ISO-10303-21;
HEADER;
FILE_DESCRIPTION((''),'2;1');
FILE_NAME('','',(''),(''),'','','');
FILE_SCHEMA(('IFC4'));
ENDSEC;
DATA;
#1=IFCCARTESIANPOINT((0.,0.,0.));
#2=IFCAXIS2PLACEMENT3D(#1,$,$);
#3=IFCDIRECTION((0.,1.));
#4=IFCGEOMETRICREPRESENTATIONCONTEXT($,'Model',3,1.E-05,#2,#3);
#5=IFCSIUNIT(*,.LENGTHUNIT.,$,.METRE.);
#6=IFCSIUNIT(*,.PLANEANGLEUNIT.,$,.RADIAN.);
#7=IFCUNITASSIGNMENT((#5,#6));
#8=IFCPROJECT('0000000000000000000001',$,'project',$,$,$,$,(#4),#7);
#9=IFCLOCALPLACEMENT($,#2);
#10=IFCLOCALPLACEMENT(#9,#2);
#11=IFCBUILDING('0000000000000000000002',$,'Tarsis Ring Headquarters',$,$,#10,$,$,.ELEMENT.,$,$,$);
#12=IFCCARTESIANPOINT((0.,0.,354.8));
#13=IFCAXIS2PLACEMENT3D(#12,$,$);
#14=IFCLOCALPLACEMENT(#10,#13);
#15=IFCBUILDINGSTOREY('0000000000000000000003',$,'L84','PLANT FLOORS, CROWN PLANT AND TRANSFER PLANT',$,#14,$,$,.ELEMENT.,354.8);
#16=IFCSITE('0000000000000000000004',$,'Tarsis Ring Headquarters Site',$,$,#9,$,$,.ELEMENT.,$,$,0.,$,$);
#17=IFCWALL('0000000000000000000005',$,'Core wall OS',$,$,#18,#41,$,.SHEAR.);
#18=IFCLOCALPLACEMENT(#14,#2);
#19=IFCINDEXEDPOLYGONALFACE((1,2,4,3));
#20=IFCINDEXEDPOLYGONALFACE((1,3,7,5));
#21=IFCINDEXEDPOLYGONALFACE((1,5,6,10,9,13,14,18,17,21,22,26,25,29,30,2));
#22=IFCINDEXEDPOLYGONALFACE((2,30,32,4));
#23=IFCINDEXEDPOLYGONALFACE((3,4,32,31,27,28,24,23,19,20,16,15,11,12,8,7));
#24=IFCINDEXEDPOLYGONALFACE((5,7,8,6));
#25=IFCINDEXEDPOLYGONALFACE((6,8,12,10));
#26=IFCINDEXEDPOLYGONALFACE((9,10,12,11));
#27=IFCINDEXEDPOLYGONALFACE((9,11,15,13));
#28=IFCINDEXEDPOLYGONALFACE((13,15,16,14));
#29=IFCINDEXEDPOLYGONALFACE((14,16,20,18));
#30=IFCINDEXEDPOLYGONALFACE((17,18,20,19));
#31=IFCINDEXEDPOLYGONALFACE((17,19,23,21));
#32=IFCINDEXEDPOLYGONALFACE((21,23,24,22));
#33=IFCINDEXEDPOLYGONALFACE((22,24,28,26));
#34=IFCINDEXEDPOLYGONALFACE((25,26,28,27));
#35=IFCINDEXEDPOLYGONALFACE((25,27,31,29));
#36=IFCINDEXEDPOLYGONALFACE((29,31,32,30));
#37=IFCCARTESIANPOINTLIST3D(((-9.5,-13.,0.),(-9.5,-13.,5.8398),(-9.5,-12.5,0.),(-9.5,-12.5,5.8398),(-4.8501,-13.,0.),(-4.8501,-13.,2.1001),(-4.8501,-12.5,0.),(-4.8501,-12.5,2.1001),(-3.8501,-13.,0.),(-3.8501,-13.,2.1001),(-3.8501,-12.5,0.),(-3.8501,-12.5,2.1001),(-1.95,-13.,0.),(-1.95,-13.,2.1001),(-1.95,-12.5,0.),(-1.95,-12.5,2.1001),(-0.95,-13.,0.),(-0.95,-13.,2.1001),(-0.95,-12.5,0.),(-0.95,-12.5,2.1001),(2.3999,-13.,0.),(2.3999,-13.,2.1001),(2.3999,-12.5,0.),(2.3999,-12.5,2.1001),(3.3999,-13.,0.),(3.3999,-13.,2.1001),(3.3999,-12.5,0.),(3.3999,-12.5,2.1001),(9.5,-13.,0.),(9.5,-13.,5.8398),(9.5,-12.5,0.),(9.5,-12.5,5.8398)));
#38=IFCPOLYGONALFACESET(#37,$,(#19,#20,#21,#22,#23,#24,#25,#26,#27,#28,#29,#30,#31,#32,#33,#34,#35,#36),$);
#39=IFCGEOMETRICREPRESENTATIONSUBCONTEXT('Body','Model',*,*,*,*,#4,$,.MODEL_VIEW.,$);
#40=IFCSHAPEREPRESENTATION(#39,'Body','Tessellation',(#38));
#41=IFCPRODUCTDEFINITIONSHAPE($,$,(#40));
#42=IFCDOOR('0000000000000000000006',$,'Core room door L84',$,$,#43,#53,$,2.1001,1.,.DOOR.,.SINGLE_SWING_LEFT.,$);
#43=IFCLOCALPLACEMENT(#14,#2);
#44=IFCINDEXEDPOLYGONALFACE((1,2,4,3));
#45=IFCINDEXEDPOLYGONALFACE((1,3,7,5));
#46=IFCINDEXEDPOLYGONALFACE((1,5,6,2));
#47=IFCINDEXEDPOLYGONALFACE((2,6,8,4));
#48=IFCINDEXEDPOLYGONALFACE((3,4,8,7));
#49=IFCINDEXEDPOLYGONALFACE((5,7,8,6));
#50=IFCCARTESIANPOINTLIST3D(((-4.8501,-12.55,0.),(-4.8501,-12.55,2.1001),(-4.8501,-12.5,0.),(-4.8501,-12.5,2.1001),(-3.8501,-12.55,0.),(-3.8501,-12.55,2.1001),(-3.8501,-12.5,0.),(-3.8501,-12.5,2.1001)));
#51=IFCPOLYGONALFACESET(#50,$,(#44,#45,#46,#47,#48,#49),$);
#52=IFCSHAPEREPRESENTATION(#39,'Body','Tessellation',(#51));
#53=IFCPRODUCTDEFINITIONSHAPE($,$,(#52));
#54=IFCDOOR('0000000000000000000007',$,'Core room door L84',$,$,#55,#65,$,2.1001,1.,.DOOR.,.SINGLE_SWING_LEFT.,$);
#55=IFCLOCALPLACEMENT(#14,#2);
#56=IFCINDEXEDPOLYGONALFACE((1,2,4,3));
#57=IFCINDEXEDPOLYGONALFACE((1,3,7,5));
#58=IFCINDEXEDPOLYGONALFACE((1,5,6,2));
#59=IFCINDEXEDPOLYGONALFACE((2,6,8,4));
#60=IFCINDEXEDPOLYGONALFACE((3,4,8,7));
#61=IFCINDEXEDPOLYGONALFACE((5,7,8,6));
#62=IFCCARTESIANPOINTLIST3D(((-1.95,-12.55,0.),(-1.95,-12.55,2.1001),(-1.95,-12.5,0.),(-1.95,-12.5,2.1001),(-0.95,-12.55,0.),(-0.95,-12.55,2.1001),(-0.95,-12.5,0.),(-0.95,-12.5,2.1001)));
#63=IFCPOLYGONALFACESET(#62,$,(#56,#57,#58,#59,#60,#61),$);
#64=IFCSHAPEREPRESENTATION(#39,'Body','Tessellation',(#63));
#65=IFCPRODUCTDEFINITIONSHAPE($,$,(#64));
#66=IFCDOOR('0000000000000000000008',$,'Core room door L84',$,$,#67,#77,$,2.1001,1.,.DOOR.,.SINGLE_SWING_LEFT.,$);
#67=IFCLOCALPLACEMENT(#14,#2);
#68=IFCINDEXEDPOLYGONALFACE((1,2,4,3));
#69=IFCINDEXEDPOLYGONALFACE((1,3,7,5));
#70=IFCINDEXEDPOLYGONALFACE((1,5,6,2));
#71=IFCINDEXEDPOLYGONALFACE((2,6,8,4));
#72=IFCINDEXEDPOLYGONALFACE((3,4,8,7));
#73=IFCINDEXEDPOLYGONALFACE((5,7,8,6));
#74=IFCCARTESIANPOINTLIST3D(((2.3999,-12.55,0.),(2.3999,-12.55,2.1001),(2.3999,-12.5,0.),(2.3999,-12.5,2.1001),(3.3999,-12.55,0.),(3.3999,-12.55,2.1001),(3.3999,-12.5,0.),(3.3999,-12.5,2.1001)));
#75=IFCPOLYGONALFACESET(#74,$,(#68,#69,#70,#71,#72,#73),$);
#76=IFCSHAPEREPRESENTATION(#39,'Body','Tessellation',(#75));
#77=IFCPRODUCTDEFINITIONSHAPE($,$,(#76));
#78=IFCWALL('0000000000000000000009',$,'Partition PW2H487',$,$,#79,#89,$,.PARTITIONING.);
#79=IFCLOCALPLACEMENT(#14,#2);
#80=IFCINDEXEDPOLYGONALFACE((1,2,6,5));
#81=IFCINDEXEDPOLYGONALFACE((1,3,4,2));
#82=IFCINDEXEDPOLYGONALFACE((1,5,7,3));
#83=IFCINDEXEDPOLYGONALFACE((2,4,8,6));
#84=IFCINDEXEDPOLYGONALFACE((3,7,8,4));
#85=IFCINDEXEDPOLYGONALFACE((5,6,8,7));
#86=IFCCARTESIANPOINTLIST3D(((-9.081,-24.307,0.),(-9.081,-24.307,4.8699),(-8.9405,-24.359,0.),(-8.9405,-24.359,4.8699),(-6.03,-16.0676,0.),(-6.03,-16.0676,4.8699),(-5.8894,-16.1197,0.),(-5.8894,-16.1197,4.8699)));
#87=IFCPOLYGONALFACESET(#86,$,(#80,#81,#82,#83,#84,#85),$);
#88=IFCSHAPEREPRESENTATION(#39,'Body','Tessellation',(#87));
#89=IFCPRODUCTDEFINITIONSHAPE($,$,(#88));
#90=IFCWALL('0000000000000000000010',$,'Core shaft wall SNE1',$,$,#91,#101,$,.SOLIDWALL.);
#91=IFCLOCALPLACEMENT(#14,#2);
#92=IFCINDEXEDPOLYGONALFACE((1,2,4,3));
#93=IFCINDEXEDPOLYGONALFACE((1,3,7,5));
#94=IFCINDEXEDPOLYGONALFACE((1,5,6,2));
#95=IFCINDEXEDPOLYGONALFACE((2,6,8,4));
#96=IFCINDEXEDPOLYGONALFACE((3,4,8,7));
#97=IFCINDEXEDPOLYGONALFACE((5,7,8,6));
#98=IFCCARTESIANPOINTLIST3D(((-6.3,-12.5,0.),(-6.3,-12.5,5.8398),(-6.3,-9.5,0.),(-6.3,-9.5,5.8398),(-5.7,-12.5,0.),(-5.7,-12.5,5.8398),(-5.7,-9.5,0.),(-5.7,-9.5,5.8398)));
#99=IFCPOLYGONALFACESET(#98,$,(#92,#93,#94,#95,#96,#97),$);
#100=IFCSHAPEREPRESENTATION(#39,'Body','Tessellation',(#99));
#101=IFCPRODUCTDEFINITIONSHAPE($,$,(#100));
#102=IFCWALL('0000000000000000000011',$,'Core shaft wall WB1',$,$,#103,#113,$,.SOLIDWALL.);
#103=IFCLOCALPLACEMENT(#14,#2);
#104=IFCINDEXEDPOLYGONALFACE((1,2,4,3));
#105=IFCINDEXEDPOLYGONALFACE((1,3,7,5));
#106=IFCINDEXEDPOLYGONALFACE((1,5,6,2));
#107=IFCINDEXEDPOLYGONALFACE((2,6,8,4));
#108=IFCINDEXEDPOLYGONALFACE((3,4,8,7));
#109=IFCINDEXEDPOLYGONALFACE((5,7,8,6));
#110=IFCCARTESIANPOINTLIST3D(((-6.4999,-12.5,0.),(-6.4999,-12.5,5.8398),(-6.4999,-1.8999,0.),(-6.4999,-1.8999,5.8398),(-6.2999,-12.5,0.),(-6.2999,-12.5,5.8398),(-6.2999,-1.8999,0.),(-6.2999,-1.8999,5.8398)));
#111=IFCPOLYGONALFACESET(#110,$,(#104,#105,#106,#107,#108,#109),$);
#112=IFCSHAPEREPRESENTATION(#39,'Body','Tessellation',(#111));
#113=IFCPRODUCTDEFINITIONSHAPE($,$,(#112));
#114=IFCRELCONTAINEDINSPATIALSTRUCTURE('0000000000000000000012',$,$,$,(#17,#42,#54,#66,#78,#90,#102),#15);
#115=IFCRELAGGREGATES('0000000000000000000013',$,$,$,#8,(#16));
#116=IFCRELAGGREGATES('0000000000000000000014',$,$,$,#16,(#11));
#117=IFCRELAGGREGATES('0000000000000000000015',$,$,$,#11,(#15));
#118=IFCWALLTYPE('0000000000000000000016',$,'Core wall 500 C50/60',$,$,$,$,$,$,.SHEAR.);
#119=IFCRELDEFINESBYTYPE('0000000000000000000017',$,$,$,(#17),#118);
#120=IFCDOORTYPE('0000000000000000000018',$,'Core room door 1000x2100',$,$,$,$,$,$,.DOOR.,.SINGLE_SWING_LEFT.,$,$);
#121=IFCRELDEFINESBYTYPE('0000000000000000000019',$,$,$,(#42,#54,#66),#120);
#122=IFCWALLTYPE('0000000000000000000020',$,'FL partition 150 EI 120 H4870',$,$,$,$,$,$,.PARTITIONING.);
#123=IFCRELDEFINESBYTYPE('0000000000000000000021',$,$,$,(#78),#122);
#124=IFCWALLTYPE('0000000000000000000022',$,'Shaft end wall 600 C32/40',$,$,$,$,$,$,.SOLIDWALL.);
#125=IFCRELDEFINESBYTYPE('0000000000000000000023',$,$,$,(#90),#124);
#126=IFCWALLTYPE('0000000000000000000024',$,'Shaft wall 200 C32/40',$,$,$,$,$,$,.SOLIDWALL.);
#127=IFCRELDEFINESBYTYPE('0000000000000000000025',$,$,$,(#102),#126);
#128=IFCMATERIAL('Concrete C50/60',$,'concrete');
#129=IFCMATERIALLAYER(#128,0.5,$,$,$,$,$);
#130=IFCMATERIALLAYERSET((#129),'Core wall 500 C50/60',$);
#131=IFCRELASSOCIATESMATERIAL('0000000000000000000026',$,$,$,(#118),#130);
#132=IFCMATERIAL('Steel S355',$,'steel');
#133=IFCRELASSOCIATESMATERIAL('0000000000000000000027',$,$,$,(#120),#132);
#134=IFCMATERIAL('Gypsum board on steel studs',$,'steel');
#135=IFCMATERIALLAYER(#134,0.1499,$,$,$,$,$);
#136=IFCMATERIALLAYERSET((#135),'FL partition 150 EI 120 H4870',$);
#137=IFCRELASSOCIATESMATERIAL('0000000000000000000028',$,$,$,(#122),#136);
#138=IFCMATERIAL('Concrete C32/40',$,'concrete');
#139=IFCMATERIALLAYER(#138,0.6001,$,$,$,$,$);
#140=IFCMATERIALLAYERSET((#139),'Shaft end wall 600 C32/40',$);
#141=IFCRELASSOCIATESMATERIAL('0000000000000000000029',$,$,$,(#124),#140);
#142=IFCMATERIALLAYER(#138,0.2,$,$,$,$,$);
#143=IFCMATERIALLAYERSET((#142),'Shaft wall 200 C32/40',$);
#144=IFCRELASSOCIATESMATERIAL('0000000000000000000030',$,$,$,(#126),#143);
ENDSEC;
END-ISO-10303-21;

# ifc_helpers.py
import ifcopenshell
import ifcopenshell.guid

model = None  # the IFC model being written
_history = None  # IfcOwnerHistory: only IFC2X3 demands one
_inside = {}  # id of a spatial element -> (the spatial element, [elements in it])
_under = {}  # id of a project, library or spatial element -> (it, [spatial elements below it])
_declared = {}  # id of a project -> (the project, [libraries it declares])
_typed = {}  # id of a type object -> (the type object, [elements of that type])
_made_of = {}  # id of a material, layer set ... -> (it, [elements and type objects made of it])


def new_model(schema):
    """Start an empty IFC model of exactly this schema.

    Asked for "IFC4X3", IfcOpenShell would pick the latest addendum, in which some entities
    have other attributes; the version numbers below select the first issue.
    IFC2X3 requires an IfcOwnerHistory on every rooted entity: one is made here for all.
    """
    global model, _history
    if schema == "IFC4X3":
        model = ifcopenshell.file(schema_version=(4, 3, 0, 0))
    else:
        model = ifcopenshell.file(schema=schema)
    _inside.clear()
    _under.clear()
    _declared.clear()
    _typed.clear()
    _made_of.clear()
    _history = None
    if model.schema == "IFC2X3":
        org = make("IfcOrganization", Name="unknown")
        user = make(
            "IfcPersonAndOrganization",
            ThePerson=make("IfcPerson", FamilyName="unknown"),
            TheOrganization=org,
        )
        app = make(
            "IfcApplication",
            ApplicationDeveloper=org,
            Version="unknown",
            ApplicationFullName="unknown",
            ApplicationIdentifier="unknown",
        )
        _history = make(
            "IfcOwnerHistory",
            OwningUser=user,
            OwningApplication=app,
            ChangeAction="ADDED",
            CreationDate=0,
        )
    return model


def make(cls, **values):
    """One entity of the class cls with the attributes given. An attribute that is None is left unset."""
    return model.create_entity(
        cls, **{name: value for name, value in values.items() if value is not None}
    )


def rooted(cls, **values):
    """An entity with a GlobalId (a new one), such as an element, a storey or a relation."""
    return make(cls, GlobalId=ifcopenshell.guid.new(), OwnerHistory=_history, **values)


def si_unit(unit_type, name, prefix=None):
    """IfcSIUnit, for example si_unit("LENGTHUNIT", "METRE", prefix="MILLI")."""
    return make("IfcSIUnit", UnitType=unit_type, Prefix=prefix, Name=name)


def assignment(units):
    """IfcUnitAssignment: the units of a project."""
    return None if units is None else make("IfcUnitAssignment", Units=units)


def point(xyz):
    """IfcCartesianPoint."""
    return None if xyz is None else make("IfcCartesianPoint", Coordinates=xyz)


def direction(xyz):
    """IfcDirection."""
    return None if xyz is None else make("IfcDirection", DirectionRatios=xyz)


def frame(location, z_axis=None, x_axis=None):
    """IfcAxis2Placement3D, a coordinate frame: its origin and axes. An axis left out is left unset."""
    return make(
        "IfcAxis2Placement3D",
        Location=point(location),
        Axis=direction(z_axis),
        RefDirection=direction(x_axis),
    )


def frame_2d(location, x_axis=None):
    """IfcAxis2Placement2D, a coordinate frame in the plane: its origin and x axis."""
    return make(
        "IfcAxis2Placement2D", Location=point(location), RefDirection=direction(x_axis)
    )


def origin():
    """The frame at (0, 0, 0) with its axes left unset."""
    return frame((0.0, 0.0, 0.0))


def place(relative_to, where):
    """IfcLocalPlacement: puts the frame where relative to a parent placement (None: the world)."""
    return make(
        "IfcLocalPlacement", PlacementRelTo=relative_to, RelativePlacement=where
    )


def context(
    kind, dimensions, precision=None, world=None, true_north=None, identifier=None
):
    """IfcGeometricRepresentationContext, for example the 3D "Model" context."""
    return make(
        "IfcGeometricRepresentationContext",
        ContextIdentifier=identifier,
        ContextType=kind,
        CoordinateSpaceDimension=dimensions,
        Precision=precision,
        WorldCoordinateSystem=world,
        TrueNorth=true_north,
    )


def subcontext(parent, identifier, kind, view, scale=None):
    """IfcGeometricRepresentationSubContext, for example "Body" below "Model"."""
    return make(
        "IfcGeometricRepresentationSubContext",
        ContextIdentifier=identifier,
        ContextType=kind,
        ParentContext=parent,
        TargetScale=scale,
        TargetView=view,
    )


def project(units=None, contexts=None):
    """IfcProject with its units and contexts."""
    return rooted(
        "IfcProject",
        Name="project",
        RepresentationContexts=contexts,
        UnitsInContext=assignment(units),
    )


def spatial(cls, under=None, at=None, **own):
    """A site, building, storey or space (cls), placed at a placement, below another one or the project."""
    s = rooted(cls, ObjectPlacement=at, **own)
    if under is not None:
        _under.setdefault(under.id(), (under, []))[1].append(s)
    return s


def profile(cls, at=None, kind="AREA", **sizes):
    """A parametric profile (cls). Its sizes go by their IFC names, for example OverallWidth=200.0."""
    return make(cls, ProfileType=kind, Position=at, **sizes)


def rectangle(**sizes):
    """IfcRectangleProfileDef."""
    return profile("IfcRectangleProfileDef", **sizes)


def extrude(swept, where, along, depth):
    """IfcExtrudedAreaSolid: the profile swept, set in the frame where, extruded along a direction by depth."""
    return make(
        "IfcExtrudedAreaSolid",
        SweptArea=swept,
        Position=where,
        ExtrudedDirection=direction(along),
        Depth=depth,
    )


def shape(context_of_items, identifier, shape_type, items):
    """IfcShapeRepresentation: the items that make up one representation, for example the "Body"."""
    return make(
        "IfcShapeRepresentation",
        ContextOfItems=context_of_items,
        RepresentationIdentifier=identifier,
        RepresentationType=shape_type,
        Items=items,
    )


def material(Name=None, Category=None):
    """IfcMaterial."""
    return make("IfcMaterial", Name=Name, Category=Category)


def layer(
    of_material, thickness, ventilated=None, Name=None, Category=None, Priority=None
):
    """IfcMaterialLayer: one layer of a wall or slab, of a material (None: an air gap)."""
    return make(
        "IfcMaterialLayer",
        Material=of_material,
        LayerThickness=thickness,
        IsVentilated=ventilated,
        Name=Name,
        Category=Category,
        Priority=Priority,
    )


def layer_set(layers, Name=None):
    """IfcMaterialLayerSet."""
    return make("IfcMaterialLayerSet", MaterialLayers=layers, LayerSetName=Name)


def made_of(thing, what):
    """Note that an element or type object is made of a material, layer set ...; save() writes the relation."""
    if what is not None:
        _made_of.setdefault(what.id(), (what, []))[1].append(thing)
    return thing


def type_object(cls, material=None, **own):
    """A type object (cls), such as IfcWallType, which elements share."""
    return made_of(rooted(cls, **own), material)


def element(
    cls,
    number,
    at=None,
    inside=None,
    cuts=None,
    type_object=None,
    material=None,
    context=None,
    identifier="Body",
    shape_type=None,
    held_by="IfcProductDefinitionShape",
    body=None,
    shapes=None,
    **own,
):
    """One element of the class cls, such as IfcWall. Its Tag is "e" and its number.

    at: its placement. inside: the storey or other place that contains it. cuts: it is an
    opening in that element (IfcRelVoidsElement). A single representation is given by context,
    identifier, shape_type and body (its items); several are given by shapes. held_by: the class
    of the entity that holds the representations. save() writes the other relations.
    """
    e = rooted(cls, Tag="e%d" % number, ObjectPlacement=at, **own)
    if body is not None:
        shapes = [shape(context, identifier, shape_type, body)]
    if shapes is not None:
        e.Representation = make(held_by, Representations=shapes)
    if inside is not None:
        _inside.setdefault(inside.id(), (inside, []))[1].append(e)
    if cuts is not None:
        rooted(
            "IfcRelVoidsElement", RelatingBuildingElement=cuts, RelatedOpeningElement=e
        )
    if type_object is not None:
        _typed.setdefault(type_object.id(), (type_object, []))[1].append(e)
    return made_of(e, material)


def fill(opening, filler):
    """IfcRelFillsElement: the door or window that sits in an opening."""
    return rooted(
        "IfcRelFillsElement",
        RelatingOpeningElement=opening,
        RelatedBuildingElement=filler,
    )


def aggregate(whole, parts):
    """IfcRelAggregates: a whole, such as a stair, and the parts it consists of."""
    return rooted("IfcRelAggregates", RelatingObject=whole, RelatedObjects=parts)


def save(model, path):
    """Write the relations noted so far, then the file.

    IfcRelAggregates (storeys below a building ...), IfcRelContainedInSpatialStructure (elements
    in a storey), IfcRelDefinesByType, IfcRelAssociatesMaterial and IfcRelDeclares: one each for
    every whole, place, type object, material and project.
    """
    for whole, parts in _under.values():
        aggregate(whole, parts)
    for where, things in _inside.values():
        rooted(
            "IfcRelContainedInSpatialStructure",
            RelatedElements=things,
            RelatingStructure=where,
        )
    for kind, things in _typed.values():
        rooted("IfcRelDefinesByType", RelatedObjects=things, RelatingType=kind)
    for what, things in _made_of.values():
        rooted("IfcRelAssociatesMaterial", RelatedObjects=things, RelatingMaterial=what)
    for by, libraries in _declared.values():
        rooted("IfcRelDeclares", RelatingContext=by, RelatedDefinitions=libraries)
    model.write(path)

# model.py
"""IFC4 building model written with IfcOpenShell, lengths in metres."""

from ifc_helpers import new_model, si_unit, direction, frame, frame_2d, origin, place, context, subcontext, project, spatial, rectangle, extrude, material, layer, layer_set, type_object, element, fill, save


model = new_model("IFC4")

# Units and contexts
model_context = context("Model", 3, precision=1e-05, world=origin(), true_north=direction((0.0, 1.0)))
body_context = subcontext(model_context, "Body", "Model", "MODEL_VIEW")
ifc_project = project(units=[si_unit("LENGTHUNIT", "METRE"), si_unit("PLANEANGLEUNIT", "RADIAN")], contexts=[model_context])

# Site, building, storey
site_placement = place(None, origin())
site = spatial("IfcSite", under=ifc_project, at=site_placement, Name="Tarsis Ring Headquarters Site", CompositionType="ELEMENT", RefElevation=0.0)
building_placement = place(site_placement, origin())
building = spatial("IfcBuilding", under=site, at=building_placement, Name="Tarsis Ring Headquarters", CompositionType="ELEMENT")
storey_placement = place(building_placement, frame((0.0, 0.0, 354.8)))
storey = spatial("IfcBuildingStorey", under=building, at=storey_placement, Name="L84", Description="PLANT FLOORS, CROWN PLANT AND TRANSFER PLANT", CompositionType="ELEMENT", Elevation=354.8)

# Wall, openings, doors
ifc_material_1 = material(Name="Concrete C50/60", Category="concrete")
ifc_layer_1 = layer(ifc_material_1, 0.5)
ifc_layer_set_1 = layer_set([ifc_layer_1], Name="Core wall 500 C50/60")
wall_type_1 = type_object("IfcWallType", Name="Core wall 500 C50/60", PredefinedType="SHEAR", material=ifc_layer_set_1)
wall_1_placement = place(storey_placement, frame((-9.5, -12.75, 0.0), z_axis=(0.0, 0.0, 1.0), x_axis=(1.0, 0.0, 0.0)))
wall_1 = element("IfcWall", 1, at=wall_1_placement, inside=storey, type_object=wall_type_1, Name="Core wall OS", PredefinedType="SHEAR", context=body_context, shape_type="SweptSolid", body=[
    extrude(rectangle(XDim=19.0, YDim=0.5, at=frame_2d((9.5, 0.0))), origin(), (0.0, 0.0, 1.0), 5.8398),
])
opening_1_placement = place(wall_1_placement, frame((4.6499, 0.0, 0.0)))
opening_1 = element("IfcOpeningElement", 2, at=opening_1_placement, cuts=wall_1, PredefinedType="OPENING", context=body_context, shape_type="SweptSolid", body=[
    extrude(rectangle(XDim=1.0, YDim=2.1001, at=frame_2d((0.5, 1.05))), frame((0.0, 0.26, 0.0), z_axis=(0.0, -1.0, 0.0), x_axis=(1.0, 0.0, 0.0)), (0.0, 0.0, 1.0), 0.52),
])
opening_2_placement = place(wall_1_placement, frame((7.55, 0.0, 0.0)))
opening_2 = element("IfcOpeningElement", 3, at=opening_2_placement, cuts=wall_1, PredefinedType="OPENING", context=body_context, shape_type="SweptSolid", body=[
    extrude(rectangle(XDim=1.0, YDim=2.1001, at=frame_2d((0.5, 1.05))), frame((0.0, 0.26, 0.0), z_axis=(0.0, -1.0, 0.0), x_axis=(1.0, 0.0, 0.0)), (0.0, 0.0, 1.0), 0.52),
])
opening_3_placement = place(wall_1_placement, frame((11.8999, 0.0, 0.0)))
opening_3 = element("IfcOpeningElement", 4, at=opening_3_placement, cuts=wall_1, PredefinedType="OPENING", context=body_context, shape_type="SweptSolid", body=[
    extrude(rectangle(XDim=1.0, YDim=2.1001, at=frame_2d((0.5, 1.05))), frame((0.0, 0.26, 0.0), z_axis=(0.0, -1.0, 0.0), x_axis=(1.0, 0.0, 0.0)), (0.0, 0.0, 1.0), 0.52),
])
ifc_material_2 = material(Name="Steel S355", Category="steel")
door_type = type_object("IfcDoorType", Name="Core room door 1000x2100", OperationType="SINGLE_SWING_LEFT", PredefinedType="DOOR", material=ifc_material_2)
door_1_placement = place(opening_1_placement, origin())
door_1 = element("IfcDoor", 5, at=door_1_placement, inside=storey, type_object=door_type, Name="Core room door L84", OperationType="SINGLE_SWING_LEFT", OverallHeight=2.1001, OverallWidth=1.0, PredefinedType="DOOR", context=body_context, shape_type="SweptSolid", body=[
    extrude(rectangle(XDim=1.0, YDim=2.1001, at=frame_2d((0.5, 1.05))), frame((0.0, 0.25, 0.0), z_axis=(0.0, -1.0, 0.0), x_axis=(1.0, 0.0, 0.0)), (0.0, 0.0, 1.0), 0.05),
])
fill(opening_1, door_1)
door_2_placement = place(opening_2_placement, origin())
door_2 = element("IfcDoor", 6, at=door_2_placement, inside=storey, type_object=door_type, Name="Core room door L84", OperationType="SINGLE_SWING_LEFT", OverallHeight=2.1001, OverallWidth=1.0, PredefinedType="DOOR", context=body_context, shape_type="SweptSolid", body=[
    extrude(rectangle(XDim=1.0, YDim=2.1001, at=frame_2d((0.5, 1.05))), frame((0.0, 0.25, 0.0), z_axis=(0.0, -1.0, 0.0), x_axis=(1.0, 0.0, 0.0)), (0.0, 0.0, 1.0), 0.05),
])
fill(opening_2, door_2)
door_3_placement = place(opening_3_placement, origin())
door_3 = element("IfcDoor", 7, at=door_3_placement, inside=storey, type_object=door_type, Name="Core room door L84", OperationType="SINGLE_SWING_LEFT", OverallHeight=2.1001, OverallWidth=1.0, PredefinedType="DOOR", context=body_context, shape_type="SweptSolid", body=[
    extrude(rectangle(XDim=1.0, YDim=2.1001, at=frame_2d((0.5, 1.05))), frame((0.0, 0.25, 0.0), z_axis=(0.0, -1.0, 0.0), x_axis=(1.0, 0.0, 0.0)), (0.0, 0.0, 1.0), 0.05),
])
fill(opening_3, door_3)

# Walls
ifc_material_3 = material(Name="Gypsum board on steel studs", Category="steel")
ifc_layer_2 = layer(ifc_material_3, 0.1499)
ifc_layer_set_2 = layer_set([ifc_layer_2], Name="FL partition 150 EI 120 H4870")
wall_type_2 = type_object("IfcWallType", Name="FL partition 150 EI 120 H4870", PredefinedType="PARTITIONING", material=ifc_layer_set_2)
wall_2_placement = place(storey_placement, frame((-9.0107, -24.333, 0.0), z_axis=(0.0, 0.0, 1.0), x_axis=(0.347259, 0.937769, 0.0)))
element("IfcWall", 8, at=wall_2_placement, inside=storey, type_object=wall_type_2, Name="Partition PW2H487", PredefinedType="PARTITIONING", context=body_context, shape_type="SweptSolid", body=[
    extrude(rectangle(XDim=8.7861, YDim=0.1499, at=frame_2d((4.3931, 0.0))), origin(), (0.0, 0.0, 1.0), 4.8699),
])
ifc_material_4 = material(Name="Concrete C32/40", Category="concrete")
ifc_layer_3 = layer(ifc_material_4, 0.6001)
ifc_layer_set_3 = layer_set([ifc_layer_3], Name="Shaft end wall 600 C32/40")
wall_type_3 = type_object("IfcWallType", Name="Shaft end wall 600 C32/40", PredefinedType="SOLIDWALL", material=ifc_layer_set_3)
wall_3_placement = place(storey_placement, frame((-6.0, -12.5, 0.0), z_axis=(0.0, 0.0, 1.0), x_axis=(0.0, 1.0, 0.0)))
element("IfcWall", 9, at=wall_3_placement, inside=storey, type_object=wall_type_3, Name="Core shaft wall SNE1", PredefinedType="SOLIDWALL", context=body_context, shape_type="SweptSolid", body=[
    extrude(rectangle(XDim=3.0, YDim=0.6001, at=frame_2d((1.5, 0.0))), origin(), (0.0, 0.0, 1.0), 5.8398),
])
ifc_layer_4 = layer(ifc_material_4, 0.2)
ifc_layer_set_4 = layer_set([ifc_layer_4], Name="Shaft wall 200 C32/40")
wall_type_4 = type_object("IfcWallType", Name="Shaft wall 200 C32/40", PredefinedType="SOLIDWALL", material=ifc_layer_set_4)
wall_4_placement = place(storey_placement, frame((-6.3999, -12.5, 0.0), z_axis=(0.0, 0.0, 1.0), x_axis=(0.0, 1.0, 0.0)))
element("IfcWall", 10, at=wall_4_placement, inside=storey, type_object=wall_type_4, Name="Core shaft wall WB1", PredefinedType="SOLIDWALL", context=body_context, shape_type="SweptSolid", body=[
    extrude(rectangle(XDim=10.6001, YDim=0.2, at=frame_2d((5.3, 0.0))), origin(), (0.0, 0.0, 1.0), 5.8398),
])

save(model, "model.ifc")
